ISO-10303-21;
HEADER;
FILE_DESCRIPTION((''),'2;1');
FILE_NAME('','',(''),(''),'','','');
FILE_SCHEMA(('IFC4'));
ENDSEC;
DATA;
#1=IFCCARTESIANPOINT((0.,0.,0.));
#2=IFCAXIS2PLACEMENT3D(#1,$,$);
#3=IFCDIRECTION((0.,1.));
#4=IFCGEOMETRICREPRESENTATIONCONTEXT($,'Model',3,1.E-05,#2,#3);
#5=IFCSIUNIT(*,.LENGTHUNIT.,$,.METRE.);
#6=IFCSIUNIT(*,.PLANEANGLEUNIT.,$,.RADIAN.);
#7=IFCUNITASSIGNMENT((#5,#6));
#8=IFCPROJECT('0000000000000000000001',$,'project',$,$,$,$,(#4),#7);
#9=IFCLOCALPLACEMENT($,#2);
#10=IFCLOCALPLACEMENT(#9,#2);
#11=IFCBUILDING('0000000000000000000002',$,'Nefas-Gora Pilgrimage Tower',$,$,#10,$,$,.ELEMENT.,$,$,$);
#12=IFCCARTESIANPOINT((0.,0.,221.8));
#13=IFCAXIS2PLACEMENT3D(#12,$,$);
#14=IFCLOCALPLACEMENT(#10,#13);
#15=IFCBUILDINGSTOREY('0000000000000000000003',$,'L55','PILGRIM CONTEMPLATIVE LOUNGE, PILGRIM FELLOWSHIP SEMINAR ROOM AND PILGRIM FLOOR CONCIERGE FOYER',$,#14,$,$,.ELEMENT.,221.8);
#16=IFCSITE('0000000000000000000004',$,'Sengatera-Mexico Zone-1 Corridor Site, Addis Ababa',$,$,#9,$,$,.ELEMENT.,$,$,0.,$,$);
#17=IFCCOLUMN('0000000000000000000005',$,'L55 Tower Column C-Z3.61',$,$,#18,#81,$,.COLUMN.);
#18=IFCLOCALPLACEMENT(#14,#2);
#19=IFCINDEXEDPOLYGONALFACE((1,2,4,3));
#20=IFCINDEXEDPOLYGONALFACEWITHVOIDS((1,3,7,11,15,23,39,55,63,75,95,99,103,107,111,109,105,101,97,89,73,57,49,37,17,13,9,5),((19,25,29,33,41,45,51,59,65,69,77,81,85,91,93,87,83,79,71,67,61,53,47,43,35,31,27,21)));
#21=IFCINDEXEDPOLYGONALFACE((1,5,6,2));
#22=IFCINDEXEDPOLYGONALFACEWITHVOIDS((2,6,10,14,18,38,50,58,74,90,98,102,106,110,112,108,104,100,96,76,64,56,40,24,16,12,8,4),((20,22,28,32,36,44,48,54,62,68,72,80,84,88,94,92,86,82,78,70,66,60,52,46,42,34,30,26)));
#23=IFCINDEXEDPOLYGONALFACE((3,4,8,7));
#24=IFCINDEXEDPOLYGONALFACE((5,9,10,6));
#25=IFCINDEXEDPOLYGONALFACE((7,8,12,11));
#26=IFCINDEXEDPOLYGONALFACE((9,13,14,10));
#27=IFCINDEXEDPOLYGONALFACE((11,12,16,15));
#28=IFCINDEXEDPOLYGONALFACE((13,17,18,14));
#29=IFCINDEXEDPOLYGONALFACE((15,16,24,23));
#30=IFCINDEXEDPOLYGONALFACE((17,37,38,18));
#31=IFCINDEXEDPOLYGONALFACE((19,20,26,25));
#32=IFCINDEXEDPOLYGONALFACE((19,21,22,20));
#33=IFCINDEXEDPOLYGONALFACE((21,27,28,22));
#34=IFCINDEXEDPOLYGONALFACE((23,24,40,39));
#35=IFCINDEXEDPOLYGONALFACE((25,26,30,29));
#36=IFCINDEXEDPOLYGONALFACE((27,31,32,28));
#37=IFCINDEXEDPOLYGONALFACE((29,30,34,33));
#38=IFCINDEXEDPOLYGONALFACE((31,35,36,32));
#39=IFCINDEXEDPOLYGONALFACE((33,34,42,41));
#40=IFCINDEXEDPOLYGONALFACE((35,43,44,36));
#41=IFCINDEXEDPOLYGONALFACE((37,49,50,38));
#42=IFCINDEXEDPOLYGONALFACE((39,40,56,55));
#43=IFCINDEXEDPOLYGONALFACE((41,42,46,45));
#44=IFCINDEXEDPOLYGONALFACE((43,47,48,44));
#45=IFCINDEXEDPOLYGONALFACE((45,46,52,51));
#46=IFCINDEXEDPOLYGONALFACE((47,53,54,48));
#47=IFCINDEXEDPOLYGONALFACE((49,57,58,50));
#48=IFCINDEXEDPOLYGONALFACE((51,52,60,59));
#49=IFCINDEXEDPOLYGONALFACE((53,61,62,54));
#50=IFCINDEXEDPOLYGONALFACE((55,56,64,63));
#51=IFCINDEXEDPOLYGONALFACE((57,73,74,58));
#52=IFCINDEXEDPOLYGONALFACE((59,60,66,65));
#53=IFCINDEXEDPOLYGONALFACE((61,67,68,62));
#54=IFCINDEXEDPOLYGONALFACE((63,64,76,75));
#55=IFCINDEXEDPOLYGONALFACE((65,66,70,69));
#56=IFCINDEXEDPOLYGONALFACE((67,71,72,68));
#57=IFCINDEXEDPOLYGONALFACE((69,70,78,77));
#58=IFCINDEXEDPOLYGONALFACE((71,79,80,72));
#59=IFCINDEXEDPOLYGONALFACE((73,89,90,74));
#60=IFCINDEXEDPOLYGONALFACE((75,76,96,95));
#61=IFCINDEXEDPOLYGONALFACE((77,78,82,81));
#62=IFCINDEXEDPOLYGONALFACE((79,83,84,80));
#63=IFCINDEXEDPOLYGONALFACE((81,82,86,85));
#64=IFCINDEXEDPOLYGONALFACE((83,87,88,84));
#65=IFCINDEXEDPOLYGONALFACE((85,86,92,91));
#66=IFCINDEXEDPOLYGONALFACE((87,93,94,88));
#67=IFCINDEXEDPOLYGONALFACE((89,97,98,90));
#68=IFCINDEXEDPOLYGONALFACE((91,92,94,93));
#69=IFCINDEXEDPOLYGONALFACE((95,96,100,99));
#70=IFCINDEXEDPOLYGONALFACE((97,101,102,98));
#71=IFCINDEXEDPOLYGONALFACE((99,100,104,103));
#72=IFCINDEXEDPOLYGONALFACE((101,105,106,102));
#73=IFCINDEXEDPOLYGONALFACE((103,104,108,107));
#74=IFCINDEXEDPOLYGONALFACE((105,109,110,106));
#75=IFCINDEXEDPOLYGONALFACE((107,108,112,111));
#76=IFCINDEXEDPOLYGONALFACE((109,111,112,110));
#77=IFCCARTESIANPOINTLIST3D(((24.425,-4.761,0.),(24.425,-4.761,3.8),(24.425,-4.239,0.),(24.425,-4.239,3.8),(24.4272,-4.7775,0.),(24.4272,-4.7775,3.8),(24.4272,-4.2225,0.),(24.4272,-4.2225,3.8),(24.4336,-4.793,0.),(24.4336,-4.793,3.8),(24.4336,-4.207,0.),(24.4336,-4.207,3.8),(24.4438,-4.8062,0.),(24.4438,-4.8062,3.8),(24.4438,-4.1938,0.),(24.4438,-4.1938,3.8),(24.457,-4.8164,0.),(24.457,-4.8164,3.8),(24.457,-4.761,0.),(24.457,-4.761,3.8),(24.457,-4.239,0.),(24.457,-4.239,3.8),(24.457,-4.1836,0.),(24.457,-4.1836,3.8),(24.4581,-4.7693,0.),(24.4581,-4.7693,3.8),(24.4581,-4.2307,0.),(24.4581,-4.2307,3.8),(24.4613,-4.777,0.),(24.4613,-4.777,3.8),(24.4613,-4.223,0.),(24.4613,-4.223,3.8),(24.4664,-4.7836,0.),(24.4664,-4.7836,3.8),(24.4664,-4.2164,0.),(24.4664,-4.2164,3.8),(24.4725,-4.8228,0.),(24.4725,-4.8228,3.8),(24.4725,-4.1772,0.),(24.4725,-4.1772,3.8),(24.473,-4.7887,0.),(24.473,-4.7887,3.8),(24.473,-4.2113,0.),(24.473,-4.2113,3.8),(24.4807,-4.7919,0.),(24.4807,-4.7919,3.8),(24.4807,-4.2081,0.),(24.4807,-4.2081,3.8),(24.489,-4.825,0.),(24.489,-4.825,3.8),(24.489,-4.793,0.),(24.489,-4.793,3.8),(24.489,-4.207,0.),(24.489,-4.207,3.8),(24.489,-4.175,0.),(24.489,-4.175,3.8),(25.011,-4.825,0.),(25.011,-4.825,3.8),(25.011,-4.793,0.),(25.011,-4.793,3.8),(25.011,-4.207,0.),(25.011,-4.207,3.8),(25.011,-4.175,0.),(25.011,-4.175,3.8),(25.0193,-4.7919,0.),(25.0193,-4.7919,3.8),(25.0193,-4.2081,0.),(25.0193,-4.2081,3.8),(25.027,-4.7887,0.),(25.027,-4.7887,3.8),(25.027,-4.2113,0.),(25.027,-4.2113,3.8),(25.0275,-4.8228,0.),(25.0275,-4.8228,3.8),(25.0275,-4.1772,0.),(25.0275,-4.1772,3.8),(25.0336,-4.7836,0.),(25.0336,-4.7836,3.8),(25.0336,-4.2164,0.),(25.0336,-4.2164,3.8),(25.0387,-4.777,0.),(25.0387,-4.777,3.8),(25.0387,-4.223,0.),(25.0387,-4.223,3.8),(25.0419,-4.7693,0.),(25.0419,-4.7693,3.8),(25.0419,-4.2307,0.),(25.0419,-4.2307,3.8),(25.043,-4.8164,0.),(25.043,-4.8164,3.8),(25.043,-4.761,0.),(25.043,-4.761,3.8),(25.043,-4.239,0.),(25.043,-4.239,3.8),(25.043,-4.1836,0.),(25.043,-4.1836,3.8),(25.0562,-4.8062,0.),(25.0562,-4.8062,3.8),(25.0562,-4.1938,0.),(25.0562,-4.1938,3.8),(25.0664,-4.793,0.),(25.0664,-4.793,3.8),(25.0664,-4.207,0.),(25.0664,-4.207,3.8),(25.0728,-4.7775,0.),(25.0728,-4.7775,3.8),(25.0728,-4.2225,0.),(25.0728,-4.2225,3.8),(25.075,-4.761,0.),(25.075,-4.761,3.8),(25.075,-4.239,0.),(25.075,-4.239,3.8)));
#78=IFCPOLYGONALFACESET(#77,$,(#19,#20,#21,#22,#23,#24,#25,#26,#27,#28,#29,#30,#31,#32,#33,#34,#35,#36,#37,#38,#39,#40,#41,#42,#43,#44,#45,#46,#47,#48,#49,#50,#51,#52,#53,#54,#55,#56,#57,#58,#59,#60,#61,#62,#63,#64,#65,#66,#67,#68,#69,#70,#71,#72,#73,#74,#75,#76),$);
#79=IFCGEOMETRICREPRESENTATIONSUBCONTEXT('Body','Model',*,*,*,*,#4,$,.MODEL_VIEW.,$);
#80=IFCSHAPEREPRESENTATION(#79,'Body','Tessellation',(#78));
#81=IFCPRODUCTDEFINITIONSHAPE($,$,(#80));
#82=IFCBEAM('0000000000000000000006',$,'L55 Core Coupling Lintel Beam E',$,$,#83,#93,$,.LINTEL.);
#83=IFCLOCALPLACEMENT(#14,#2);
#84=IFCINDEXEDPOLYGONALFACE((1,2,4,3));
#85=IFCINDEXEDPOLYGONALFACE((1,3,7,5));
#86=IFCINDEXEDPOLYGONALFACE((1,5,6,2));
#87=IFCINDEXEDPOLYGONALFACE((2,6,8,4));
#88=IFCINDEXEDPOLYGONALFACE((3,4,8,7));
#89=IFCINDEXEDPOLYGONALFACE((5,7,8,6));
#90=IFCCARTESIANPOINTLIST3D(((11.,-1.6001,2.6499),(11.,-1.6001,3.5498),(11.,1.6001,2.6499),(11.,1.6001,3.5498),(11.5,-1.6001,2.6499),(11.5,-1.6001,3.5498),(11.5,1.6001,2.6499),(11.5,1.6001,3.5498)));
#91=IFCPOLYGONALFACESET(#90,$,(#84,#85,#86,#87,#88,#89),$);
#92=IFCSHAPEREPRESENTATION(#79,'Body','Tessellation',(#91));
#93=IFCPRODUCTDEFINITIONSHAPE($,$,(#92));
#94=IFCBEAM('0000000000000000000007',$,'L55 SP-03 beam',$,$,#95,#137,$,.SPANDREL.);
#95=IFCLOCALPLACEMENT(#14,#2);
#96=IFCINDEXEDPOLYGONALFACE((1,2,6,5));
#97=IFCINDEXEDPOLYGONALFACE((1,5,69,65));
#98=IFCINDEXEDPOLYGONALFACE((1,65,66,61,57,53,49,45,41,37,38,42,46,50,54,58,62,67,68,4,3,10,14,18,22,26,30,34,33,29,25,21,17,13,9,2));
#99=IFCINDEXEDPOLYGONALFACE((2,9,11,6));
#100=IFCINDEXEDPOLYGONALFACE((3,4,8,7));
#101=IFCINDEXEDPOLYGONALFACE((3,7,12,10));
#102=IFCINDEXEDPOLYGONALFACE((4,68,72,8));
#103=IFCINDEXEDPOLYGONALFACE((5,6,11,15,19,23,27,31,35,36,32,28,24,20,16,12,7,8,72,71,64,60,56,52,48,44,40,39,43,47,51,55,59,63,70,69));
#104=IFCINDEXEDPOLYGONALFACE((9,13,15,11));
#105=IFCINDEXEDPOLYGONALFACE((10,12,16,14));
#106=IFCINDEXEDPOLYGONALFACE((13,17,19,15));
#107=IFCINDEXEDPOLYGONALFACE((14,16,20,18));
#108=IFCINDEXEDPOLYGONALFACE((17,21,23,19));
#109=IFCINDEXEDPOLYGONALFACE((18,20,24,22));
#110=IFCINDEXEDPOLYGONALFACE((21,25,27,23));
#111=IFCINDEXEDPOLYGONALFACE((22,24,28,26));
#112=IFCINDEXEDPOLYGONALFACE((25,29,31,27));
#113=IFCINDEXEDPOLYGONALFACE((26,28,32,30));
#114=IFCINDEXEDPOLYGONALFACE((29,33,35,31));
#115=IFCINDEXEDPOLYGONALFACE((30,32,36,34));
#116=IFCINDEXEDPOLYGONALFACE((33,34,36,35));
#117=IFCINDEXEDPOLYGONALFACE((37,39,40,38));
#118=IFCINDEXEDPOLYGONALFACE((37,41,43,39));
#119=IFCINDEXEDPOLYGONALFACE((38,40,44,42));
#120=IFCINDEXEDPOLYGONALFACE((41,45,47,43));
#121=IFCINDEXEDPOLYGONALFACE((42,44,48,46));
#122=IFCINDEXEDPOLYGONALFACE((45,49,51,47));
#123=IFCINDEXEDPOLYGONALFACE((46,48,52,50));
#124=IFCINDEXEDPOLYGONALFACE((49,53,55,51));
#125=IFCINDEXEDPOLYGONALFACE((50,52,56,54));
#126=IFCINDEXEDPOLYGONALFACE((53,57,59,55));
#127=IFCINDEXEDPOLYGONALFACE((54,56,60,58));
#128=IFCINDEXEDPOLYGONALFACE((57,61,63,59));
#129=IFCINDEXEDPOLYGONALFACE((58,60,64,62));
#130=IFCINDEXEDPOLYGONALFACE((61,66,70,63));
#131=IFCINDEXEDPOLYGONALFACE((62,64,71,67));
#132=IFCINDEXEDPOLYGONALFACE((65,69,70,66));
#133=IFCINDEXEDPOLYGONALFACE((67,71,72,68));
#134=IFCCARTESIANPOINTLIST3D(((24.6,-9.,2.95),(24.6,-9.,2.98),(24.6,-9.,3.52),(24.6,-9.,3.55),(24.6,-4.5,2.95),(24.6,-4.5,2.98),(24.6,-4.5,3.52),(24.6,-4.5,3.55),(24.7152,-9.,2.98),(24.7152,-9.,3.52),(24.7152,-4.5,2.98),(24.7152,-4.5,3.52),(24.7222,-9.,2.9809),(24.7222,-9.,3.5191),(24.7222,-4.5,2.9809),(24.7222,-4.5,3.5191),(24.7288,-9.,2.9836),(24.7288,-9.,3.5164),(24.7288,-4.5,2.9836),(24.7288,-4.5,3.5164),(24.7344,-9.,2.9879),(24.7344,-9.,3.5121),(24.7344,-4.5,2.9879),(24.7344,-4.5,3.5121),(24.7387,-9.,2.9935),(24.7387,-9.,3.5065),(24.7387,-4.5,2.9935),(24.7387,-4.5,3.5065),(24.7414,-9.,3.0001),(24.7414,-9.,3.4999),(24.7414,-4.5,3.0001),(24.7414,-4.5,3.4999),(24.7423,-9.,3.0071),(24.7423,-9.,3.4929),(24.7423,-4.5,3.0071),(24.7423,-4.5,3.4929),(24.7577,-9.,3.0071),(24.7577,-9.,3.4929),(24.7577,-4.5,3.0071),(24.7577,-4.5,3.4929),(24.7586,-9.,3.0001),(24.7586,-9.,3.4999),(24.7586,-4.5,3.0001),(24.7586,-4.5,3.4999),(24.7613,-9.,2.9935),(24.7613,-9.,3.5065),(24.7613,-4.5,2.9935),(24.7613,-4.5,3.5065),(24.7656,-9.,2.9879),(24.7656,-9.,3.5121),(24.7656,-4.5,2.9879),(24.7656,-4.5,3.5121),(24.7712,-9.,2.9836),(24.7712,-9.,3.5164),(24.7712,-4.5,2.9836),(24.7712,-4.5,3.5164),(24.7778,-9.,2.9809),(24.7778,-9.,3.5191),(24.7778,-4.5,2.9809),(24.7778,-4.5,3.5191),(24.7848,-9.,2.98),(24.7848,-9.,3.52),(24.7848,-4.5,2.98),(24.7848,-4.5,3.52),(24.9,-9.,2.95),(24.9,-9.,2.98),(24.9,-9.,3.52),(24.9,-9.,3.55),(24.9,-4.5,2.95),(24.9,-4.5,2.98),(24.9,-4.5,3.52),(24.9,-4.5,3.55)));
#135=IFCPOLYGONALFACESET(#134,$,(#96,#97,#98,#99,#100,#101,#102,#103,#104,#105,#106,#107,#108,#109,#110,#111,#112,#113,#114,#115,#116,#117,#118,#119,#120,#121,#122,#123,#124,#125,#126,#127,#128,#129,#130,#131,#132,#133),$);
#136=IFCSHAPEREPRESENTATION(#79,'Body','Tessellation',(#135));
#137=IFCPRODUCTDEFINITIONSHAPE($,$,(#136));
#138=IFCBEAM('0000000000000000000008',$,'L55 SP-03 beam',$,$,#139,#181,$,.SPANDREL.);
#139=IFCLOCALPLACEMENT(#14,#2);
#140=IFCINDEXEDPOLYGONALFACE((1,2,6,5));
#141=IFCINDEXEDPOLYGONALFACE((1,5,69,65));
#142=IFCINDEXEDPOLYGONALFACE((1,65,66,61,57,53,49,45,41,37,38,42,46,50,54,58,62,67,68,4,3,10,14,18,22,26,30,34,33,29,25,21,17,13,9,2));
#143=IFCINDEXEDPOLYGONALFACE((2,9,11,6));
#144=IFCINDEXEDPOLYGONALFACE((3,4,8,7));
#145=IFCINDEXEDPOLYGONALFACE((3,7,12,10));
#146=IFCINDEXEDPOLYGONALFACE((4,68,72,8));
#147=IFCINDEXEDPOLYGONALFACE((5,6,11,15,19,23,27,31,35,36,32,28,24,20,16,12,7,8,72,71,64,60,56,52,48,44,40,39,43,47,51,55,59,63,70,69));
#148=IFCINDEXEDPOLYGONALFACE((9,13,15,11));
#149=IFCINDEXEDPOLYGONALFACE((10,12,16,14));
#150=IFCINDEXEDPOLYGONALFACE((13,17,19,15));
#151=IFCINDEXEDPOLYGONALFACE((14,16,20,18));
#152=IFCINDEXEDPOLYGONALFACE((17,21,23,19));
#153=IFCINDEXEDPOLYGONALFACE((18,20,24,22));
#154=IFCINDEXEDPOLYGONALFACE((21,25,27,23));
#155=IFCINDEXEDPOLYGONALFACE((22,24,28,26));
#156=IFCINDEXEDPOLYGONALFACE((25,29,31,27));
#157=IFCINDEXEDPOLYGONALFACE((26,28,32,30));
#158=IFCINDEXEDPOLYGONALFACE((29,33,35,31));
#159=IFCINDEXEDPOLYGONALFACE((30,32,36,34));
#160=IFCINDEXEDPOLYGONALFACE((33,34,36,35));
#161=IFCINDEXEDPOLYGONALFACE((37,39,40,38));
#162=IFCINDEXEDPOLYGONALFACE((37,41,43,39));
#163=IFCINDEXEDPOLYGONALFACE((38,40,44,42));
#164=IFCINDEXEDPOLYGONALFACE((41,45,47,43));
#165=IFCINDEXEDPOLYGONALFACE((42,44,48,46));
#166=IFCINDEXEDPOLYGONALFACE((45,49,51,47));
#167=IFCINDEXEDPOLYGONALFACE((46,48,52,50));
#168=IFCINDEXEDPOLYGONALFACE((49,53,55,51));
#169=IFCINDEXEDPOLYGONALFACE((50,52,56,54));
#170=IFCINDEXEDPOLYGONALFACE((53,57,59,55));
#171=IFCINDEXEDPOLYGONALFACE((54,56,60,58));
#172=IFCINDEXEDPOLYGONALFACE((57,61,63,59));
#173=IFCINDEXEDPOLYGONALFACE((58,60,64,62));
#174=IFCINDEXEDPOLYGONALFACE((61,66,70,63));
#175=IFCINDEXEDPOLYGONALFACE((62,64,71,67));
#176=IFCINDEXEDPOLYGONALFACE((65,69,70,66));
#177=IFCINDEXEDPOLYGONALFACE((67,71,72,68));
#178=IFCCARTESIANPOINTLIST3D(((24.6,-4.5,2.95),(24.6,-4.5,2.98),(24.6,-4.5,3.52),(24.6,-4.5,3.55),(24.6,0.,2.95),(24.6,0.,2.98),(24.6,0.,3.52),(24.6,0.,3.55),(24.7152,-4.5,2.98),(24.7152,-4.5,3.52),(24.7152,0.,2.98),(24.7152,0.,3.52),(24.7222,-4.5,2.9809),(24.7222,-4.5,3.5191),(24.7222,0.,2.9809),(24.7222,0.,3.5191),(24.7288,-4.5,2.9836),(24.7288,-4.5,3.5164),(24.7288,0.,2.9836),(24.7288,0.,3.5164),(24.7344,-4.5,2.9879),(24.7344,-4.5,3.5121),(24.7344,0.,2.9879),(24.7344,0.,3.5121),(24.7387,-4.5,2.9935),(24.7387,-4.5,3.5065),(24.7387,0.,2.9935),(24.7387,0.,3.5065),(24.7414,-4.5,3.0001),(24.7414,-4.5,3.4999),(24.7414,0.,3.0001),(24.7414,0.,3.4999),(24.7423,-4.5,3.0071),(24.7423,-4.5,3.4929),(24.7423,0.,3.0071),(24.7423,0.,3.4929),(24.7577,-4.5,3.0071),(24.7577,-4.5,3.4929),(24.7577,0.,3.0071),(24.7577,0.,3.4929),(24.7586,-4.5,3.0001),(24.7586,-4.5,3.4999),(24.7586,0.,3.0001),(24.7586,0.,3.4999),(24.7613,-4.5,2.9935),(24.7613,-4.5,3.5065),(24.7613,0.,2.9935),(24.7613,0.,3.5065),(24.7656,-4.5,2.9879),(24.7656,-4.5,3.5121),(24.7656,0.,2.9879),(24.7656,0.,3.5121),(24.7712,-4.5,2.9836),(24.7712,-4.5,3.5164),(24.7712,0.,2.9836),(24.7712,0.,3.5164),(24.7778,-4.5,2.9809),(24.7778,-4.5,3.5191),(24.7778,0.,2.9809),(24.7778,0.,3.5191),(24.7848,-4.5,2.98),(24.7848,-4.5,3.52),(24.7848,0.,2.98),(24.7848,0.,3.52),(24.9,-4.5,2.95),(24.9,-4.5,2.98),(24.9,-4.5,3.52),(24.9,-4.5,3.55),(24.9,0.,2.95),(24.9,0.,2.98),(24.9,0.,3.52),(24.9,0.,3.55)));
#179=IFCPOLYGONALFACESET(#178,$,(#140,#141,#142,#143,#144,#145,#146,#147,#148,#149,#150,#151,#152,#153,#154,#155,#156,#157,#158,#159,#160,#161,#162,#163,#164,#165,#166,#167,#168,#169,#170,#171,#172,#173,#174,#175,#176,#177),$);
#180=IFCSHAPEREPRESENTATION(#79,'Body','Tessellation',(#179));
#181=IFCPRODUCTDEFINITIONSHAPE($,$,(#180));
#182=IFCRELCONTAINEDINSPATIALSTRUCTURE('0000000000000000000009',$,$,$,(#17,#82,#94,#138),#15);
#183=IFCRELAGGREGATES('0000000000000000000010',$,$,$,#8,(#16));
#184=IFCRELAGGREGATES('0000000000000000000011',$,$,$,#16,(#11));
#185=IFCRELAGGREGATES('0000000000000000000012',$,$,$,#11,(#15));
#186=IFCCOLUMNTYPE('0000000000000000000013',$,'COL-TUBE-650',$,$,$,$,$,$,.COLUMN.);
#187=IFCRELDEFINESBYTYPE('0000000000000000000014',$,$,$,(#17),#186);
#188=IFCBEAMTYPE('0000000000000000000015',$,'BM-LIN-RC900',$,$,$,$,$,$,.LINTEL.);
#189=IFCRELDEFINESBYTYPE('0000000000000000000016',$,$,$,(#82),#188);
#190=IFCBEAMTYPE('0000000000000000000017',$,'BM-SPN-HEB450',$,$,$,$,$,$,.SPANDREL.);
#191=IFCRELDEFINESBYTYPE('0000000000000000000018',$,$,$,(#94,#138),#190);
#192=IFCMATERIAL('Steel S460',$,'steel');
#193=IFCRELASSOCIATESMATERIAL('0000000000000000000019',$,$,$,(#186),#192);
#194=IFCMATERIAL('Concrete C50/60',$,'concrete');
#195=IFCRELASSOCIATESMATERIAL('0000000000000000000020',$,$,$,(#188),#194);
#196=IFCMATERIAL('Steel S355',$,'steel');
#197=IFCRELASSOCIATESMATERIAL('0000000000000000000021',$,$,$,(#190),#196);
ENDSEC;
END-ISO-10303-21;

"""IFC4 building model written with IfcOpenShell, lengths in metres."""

from ifc_helpers import new_model, si_unit, direction, frame, origin, origin_2d, place, context, subcontext, project, spatial, rectangle, hollow_rectangle, i_section, extrude, source, transform, mapped, material, material_profile, profile_set, type_object, element, save


model = new_model("IFC4")

# Units and contexts
model_context = context("Model", 3, precision=1e-05, world=origin(), true_north=direction((0.0, 1.0)))
body_context = subcontext(model_context, "Body", "Model", "MODEL_VIEW")
ifc_project = project(units=[si_unit("LENGTHUNIT", "METRE"), si_unit("PLANEANGLEUNIT", "RADIAN")], contexts=[model_context])

# Site, building, storey
site_placement = place(None, origin())
site = spatial("IfcSite", under=ifc_project, at=site_placement, Name="Sengatera-Mexico Zone-1 Corridor Site, Addis Ababa", CompositionType="ELEMENT", RefElevation=0.0)
building_placement = place(site_placement, origin())
building = spatial("IfcBuilding", under=site, at=building_placement, Name="Nefas-Gora Pilgrimage Tower", CompositionType="ELEMENT")
storey_placement = place(building_placement, frame((0.0, 0.0, 221.8)))
storey = spatial("IfcBuildingStorey", under=building, at=storey_placement, Name="L55", Description="PILGRIM CONTEMPLATIVE LOUNGE, PILGRIM FELLOWSHIP SEMINAR ROOM AND PILGRIM FLOOR CONCIERGE FOYER", CompositionType="ELEMENT", Elevation=221.8)

# Column
ifc_material_1 = material(Name="Steel S460", Category="steel")
ifc_material_profile_1 = material_profile(ifc_material_1, hollow_rectangle(XDim=0.6499, YDim=0.6499, WallThickness=0.032, InnerFilletRadius=0.032, OuterFilletRadius=0.064, at=origin_2d()), Name="BOX 650x650x32")
ifc_profile_set_1 = profile_set([ifc_material_profile_1], Name="Steel S460")
column_type_1 = type_object("IfcColumnType", Name="COL-TUBE-650", PredefinedType="COLUMN", material=ifc_profile_set_1)
shared_shape_1 = source(origin(), body_context, "Body", "SweptSolid", [
    extrude(hollow_rectangle(XDim=0.6499, YDim=0.6499, WallThickness=0.032, InnerFilletRadius=0.032, OuterFilletRadius=0.064, at=origin_2d()), origin(), (0.0, 0.0, 1.0), 3.8),
])
for number, where, z_axis, x_axis, name in (
    (1, (24.75, -4.5, 0.0), (0.0, 0.0, 1.0), (1.0, 0.0, 0.0), "L55 Tower Column C-Z3.61"),
):
    element("IfcColumn", number, at=place(storey_placement, frame(where, z_axis=z_axis, x_axis=x_axis)), inside=storey, type_object=column_type_1, Name=name, PredefinedType="COLUMN", context=body_context, shape_type="MappedRepresentation", body=[
        mapped(shared_shape_1, transform((0.0, 0.0, 0.0), x_axis=(1.0, 0.0, 0.0), y_axis=(0.0, 1.0, 0.0), z_axis=(0.0, 0.0, 1.0), scale=1.0)),
    ])

# Beams
ifc_material_2 = material(Name="Concrete C50/60", Category="concrete")
ifc_material_profile_2 = material_profile(ifc_material_2, rectangle(XDim=0.5, YDim=0.8999, at=origin_2d()), Name="RC 500x900")
ifc_profile_set_2 = profile_set([ifc_material_profile_2], Name="Concrete C50/60")
beam_type_1 = type_object("IfcBeamType", Name="BM-LIN-RC900", PredefinedType="LINTEL", material=ifc_profile_set_2)
shared_shape_2 = source(origin(), body_context, "Body", "SweptSolid", [
    extrude(rectangle(XDim=0.5, YDim=0.8999, at=origin_2d()), origin(), (0.0, 0.0, 1.0), 3.2002),
])
beam_placement = place(storey_placement, frame((11.25, -1.6001, 3.0999), z_axis=(0.0, 1.0, 0.0), x_axis=(-1.0, 0.0, 0.0)))
element("IfcBeam", 2, at=beam_placement, inside=storey, type_object=beam_type_1, Name="L55 Core Coupling Lintel Beam E", PredefinedType="LINTEL", context=body_context, shape_type="MappedRepresentation", body=[
    mapped(shared_shape_2, transform((0.0, 0.0, 0.0), x_axis=(1.0, 0.0, 0.0), y_axis=(0.0, 1.0, 0.0), z_axis=(0.0, 0.0, 1.0), scale=1.0)),
])
ifc_material_3 = material(Name="Steel S355", Category="steel")
ifc_material_profile_3 = material_profile(ifc_material_3, i_section(OverallWidth=0.3, OverallDepth=0.6001, WebThickness=0.0154, FlangeThickness=0.03, FilletRadius=0.0271, at=origin_2d()), Name="HEB 600")
ifc_profile_set_3 = profile_set([ifc_material_profile_3], Name="Steel S355")
beam_type_2 = type_object("IfcBeamType", Name="BM-SPN-HEB450", PredefinedType="SPANDREL", material=ifc_profile_set_3)
shared_shape_3 = source(origin(), body_context, "Body", "SweptSolid", [
    extrude(i_section(OverallWidth=0.3, OverallDepth=0.6001, WebThickness=0.0154, FlangeThickness=0.03, FilletRadius=0.0271, at=origin_2d()), origin(), (0.0, 0.0, 1.0), 4.5),
])
for number, where, z_axis, x_axis, name in (
    (3, (24.75, -9.0, 3.25), (0.0, 1.0, 0.0), (-1.0, 0.0, 0.0), "L55 SP-03 beam"),
    (4, (24.75, -4.5, 3.25), (0.0, 1.0, 0.0), (-1.0, 0.0, 0.0), "L55 SP-03 beam"),
):
    element("IfcBeam", number, at=place(storey_placement, frame(where, z_axis=z_axis, x_axis=x_axis)), inside=storey, type_object=beam_type_2, Name=name, PredefinedType="SPANDREL", context=body_context, shape_type="MappedRepresentation", body=[
        mapped(shared_shape_3, transform((0.0, 0.0, 0.0), x_axis=(1.0, 0.0, 0.0), y_axis=(0.0, 1.0, 0.0), z_axis=(0.0, 0.0, 1.0), scale=1.0)),
    ])

save(model, "model.ifc")
